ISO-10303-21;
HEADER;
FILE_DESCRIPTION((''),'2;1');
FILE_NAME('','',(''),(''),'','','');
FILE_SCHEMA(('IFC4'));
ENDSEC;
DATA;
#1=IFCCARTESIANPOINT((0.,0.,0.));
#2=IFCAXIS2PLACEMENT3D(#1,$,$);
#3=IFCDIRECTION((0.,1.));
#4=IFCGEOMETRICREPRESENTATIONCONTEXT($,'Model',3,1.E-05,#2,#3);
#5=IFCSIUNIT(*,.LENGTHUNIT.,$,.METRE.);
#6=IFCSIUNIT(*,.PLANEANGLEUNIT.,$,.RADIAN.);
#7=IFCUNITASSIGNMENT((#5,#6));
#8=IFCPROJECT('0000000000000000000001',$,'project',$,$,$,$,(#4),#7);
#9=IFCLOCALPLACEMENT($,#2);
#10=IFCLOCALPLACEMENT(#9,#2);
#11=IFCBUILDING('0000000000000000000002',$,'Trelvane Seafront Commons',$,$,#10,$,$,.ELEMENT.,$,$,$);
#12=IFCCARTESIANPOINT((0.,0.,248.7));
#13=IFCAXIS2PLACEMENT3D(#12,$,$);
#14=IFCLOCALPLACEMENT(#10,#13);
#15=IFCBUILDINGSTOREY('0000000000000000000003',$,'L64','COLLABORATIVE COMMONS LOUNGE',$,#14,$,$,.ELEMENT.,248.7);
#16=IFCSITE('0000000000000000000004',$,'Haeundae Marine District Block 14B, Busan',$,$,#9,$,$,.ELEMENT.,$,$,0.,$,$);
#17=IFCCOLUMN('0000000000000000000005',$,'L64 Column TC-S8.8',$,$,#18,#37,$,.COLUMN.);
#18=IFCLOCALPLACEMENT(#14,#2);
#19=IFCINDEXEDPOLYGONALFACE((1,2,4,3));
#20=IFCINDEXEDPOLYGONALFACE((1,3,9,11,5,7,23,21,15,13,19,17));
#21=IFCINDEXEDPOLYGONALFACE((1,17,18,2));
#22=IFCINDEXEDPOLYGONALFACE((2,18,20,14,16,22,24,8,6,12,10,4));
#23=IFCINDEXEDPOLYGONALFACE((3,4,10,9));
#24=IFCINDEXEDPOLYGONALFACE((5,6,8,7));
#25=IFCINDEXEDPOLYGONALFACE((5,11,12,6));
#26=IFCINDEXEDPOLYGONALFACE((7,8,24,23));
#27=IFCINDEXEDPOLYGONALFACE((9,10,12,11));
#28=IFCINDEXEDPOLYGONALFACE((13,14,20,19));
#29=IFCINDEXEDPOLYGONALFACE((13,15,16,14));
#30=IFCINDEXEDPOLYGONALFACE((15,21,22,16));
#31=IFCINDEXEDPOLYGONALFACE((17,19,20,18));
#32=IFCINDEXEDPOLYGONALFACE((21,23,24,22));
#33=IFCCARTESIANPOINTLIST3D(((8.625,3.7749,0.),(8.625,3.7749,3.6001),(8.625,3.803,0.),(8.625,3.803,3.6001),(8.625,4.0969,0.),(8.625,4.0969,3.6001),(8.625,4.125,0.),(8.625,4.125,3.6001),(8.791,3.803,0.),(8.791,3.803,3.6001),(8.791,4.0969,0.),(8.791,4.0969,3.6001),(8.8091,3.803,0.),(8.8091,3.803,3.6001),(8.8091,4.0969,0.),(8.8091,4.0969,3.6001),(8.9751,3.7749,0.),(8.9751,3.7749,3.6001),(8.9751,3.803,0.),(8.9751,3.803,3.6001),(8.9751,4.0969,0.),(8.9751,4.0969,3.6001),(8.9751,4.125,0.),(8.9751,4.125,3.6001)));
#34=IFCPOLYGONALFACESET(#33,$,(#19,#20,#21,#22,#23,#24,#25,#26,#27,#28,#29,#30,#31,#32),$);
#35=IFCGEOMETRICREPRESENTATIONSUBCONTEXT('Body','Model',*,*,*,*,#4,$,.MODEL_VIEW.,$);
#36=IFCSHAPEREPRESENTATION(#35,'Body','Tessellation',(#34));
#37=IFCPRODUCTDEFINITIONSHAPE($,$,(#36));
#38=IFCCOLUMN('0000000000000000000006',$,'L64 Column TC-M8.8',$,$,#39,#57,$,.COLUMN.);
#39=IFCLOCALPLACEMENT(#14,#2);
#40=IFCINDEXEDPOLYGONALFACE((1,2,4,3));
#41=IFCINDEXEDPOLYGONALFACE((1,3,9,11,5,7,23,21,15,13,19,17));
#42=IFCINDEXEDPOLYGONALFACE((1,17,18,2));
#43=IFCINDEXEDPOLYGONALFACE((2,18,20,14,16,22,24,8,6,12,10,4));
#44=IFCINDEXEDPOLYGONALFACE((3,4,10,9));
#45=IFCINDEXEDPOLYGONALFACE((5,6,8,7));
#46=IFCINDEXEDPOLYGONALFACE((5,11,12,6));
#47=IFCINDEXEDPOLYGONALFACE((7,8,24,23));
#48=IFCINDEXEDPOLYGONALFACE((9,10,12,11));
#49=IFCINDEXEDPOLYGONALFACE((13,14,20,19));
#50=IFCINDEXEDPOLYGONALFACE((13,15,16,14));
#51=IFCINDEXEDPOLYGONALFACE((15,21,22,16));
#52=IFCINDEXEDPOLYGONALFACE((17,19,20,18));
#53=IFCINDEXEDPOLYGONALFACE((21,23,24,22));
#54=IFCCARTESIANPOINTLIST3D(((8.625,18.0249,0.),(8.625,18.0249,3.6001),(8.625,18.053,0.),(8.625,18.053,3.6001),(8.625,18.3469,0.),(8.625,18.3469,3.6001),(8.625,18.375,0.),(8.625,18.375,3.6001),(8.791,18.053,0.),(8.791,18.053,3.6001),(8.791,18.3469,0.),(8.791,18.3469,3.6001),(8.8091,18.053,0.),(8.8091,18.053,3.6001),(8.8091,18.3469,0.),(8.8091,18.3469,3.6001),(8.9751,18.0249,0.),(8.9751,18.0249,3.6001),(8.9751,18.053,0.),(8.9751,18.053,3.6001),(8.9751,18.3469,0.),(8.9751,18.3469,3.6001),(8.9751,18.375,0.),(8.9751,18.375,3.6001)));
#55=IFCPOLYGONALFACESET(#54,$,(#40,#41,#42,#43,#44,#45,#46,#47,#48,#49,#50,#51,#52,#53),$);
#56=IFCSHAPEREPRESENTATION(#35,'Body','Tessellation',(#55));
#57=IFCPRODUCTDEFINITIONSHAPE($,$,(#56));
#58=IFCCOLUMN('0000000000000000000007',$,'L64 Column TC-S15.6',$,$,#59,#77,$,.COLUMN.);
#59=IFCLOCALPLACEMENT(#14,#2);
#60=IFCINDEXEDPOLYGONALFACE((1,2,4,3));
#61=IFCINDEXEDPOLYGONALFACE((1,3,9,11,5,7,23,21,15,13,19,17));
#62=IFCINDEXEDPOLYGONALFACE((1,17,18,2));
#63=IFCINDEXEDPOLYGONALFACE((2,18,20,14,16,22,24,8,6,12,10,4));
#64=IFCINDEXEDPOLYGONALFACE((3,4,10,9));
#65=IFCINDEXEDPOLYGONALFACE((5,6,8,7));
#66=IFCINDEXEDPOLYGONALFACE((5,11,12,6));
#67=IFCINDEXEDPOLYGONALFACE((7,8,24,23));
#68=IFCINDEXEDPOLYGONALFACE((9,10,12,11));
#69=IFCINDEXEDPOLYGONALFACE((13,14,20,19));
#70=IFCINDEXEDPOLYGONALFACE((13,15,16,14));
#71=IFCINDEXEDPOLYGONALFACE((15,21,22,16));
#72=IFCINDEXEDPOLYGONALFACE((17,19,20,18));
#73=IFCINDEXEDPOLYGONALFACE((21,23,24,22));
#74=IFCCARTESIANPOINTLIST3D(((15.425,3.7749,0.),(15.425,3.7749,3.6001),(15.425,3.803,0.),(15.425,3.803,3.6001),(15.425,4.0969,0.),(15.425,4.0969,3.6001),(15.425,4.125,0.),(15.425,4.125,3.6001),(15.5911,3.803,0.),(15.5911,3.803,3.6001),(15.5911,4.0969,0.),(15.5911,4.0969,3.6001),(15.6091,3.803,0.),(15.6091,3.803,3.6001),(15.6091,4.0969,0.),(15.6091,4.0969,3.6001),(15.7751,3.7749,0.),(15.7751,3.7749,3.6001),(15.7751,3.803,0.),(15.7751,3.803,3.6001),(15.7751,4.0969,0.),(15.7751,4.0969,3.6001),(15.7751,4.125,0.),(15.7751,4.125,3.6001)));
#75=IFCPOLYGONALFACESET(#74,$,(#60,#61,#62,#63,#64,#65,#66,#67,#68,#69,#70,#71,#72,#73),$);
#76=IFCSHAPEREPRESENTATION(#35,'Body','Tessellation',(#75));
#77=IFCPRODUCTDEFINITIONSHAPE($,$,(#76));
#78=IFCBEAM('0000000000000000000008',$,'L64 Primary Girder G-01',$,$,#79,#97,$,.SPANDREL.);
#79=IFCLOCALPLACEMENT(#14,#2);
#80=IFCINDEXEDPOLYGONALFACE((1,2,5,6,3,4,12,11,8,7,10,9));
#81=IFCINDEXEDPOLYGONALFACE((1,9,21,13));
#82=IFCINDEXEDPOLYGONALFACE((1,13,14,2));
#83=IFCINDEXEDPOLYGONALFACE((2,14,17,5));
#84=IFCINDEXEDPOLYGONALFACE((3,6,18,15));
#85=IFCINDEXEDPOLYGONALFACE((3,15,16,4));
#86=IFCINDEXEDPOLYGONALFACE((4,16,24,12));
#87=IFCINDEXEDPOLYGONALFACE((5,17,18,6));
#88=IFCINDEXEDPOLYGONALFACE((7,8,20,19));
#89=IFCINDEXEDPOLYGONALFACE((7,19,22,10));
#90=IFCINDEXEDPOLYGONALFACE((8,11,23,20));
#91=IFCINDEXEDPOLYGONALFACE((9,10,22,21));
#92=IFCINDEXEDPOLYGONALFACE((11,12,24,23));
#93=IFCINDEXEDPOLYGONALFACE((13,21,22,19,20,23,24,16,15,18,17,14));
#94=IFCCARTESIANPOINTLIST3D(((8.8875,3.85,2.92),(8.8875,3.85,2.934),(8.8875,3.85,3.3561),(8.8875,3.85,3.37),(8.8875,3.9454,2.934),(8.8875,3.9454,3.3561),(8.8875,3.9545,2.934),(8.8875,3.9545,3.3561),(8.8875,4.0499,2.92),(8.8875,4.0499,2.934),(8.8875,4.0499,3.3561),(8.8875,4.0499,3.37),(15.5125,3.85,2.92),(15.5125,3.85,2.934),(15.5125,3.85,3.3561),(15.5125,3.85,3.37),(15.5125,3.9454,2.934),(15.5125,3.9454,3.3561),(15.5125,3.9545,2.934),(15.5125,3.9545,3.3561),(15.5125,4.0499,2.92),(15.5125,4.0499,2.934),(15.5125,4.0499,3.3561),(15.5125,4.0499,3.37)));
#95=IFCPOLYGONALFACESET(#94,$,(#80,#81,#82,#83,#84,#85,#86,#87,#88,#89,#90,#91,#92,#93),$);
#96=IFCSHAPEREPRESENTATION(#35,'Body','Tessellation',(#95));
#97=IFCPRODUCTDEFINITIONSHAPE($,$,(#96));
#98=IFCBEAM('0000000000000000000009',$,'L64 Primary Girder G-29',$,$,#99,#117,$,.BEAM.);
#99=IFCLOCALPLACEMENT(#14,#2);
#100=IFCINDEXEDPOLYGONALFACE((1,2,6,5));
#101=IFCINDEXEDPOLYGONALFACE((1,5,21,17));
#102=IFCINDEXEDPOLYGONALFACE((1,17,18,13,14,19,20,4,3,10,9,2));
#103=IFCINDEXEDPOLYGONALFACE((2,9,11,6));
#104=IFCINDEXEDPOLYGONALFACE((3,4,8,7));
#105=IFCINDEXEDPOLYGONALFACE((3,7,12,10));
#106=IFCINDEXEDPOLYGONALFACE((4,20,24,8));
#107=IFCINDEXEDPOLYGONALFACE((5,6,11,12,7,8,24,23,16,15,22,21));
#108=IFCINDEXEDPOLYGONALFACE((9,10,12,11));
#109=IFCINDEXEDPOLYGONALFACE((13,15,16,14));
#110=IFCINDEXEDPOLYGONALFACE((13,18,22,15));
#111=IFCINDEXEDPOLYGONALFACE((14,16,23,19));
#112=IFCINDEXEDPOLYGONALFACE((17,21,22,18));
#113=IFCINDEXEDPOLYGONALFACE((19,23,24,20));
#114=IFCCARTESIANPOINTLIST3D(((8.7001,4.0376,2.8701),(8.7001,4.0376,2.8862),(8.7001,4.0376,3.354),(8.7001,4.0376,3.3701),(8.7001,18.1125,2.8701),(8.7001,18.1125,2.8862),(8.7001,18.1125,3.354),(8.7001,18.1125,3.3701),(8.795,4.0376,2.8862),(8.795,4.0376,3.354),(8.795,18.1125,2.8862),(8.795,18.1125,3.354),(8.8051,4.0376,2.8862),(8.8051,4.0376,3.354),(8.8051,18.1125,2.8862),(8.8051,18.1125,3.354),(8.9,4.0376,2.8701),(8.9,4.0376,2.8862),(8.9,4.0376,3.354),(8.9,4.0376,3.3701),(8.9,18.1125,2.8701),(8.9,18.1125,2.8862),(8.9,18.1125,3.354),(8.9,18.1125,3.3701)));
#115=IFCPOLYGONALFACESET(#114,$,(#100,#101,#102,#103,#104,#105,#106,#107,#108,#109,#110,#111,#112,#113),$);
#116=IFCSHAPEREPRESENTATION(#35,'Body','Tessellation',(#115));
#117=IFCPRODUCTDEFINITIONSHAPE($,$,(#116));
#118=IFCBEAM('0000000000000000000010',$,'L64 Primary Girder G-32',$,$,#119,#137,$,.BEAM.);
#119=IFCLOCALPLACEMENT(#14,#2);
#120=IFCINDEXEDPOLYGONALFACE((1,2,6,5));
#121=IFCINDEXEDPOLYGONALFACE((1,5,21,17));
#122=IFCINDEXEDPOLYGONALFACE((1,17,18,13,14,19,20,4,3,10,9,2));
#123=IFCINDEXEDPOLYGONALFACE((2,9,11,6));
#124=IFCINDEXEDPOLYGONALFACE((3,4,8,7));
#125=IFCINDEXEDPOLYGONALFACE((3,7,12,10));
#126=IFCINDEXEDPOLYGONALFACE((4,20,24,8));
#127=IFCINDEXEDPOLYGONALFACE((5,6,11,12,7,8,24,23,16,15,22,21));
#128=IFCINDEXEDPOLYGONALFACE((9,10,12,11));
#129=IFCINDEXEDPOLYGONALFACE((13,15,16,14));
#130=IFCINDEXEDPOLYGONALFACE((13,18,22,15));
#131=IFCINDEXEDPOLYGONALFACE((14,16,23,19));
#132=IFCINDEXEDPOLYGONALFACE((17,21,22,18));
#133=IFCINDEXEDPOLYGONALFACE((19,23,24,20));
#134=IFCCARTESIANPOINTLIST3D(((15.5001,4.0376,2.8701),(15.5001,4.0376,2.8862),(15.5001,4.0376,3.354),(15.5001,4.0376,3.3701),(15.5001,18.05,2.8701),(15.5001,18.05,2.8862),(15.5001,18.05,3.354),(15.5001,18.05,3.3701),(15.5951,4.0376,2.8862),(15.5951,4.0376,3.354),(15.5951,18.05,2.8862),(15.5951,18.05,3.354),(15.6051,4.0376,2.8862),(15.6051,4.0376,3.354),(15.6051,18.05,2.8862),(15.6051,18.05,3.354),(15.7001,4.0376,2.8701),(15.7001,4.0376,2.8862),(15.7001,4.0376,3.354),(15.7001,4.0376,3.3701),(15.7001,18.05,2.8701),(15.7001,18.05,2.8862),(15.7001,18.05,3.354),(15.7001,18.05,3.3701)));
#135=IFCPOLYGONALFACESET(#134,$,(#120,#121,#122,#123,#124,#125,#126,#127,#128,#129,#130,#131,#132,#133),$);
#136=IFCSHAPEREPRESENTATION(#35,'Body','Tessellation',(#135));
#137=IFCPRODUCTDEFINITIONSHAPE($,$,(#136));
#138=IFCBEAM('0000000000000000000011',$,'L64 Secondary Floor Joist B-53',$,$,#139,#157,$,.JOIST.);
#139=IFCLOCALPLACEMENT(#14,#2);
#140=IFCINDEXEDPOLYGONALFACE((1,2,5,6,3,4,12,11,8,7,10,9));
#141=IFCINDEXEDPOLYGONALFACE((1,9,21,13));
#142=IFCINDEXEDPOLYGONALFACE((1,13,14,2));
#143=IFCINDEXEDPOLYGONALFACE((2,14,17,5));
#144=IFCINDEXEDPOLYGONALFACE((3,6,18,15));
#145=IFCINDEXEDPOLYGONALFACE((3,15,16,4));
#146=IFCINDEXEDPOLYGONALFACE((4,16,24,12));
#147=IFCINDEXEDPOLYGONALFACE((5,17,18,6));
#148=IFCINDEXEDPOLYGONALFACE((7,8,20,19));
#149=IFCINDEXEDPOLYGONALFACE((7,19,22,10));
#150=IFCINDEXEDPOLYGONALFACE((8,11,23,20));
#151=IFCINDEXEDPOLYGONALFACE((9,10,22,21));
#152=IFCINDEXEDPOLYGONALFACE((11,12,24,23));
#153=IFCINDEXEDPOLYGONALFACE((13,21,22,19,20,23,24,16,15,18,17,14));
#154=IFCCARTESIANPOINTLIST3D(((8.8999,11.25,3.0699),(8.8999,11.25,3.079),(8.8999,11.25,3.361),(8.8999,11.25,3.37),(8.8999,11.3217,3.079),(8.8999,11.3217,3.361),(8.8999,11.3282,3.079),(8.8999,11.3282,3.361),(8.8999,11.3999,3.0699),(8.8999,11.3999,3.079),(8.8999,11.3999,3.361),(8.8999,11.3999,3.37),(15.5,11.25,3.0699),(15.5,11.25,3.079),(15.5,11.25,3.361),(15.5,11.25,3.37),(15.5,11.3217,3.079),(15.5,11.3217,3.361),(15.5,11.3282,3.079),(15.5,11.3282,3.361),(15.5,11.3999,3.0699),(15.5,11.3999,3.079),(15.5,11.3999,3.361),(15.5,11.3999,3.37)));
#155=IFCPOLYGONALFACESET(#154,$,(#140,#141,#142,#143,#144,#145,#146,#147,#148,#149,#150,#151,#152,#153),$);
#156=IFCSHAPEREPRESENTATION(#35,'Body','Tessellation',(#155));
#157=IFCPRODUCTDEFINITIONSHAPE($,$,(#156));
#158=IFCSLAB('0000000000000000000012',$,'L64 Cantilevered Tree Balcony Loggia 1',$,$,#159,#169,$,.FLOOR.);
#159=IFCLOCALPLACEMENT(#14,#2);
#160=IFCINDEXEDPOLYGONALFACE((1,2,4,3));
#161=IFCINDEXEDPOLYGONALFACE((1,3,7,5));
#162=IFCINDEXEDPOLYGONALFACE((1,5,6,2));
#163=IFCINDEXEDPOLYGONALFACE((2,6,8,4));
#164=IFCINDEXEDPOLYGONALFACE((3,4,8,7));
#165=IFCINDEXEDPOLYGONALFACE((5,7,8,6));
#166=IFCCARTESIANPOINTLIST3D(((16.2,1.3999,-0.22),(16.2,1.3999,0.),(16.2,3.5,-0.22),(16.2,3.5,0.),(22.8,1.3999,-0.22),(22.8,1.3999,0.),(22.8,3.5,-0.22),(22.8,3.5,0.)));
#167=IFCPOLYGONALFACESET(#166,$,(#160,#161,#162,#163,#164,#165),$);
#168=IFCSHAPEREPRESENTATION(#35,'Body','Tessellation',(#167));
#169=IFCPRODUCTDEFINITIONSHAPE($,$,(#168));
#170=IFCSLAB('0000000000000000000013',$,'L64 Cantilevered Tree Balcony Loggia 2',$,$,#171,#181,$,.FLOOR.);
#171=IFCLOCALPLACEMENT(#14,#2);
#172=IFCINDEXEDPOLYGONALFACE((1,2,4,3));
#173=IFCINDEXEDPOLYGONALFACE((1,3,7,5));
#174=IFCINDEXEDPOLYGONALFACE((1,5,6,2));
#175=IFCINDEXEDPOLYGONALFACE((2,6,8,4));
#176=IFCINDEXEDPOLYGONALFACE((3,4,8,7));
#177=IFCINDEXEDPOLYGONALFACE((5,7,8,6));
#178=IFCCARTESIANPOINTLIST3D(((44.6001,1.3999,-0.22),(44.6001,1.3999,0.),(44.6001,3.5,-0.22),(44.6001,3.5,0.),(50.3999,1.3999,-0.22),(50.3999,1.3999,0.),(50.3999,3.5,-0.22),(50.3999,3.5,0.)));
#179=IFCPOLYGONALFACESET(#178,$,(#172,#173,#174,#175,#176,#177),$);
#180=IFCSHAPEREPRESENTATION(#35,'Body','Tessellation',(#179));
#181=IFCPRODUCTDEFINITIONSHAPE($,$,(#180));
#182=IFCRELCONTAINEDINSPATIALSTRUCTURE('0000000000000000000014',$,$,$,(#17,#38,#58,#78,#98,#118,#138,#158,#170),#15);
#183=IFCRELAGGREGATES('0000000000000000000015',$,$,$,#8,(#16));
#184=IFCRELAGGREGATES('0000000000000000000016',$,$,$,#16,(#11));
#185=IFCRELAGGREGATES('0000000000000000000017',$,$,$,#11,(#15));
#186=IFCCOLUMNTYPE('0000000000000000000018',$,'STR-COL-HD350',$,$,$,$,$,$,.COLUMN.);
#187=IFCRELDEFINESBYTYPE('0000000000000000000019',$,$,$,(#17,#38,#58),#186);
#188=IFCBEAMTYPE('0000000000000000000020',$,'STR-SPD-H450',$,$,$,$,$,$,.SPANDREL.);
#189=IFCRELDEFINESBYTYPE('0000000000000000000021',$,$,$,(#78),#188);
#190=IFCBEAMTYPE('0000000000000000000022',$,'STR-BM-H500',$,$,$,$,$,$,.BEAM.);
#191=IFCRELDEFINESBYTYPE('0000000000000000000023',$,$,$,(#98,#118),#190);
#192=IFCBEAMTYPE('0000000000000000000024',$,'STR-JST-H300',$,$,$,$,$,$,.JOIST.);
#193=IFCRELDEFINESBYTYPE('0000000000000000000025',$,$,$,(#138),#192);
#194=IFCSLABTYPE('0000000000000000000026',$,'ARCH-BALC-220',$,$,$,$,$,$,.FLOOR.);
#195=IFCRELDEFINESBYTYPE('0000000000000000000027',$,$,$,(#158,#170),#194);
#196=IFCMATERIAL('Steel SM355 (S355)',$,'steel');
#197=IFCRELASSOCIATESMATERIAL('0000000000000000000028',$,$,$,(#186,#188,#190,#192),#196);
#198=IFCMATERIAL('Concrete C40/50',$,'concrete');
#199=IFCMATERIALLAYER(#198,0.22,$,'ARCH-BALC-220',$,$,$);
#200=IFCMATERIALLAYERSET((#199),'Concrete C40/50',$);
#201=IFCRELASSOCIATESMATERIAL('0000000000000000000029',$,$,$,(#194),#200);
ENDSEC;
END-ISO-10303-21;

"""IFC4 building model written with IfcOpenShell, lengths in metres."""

from ifc_helpers import new_model, si_unit, direction, frame, origin, origin_2d, place, context, subcontext, project, spatial, polyline, i_section, outline, extrude, source, transform, mapped, material, layer, layer_set, material_profile, profile_set, type_object, element, save


model = new_model("IFC4")

# Units and contexts
model_context = context("Model", 3, precision=1e-05, world=origin(), true_north=direction((0.0, 1.0)))
body_context = subcontext(model_context, "Body", "Model", "MODEL_VIEW")
ifc_project = project(units=[si_unit("LENGTHUNIT", "METRE"), si_unit("PLANEANGLEUNIT", "RADIAN")], contexts=[model_context])

# Site, building, storey
site_placement = place(None, origin())
site = spatial("IfcSite", under=ifc_project, at=site_placement, Name="Haeundae Marine District Block 14B, Busan", CompositionType="ELEMENT", RefElevation=0.0)
building_placement = place(site_placement, origin())
building = spatial("IfcBuilding", under=site, at=building_placement, Name="Trelvane Seafront Commons", CompositionType="ELEMENT")
storey_placement = place(building_placement, frame((0.0, 0.0, 248.7)))
storey = spatial("IfcBuildingStorey", under=building, at=storey_placement, Name="L64", Description="COLLABORATIVE COMMONS LOUNGE", CompositionType="ELEMENT", Elevation=248.7)

# Columns
ifc_material_1 = material(Name="Steel SM355 (S355)", Category="steel")
ifc_material_profile_1 = material_profile(ifc_material_1, i_section(OverallWidth=0.3501, OverallDepth=0.3501, WebThickness=0.0181, FlangeThickness=0.0281, at=origin_2d()), Name="HD-350x350x18x28")
ifc_profile_set_1 = profile_set([ifc_material_profile_1], Name="Steel SM355 (S355)")
column_type = type_object("IfcColumnType", Name="STR-COL-HD350", PredefinedType="COLUMN", material=ifc_profile_set_1)
shared_shape_1 = source(origin(), body_context, "Body", "SweptSolid", [
    extrude(i_section(OverallWidth=0.3501, OverallDepth=0.3501, WebThickness=0.0181, FlangeThickness=0.0281, at=origin_2d()), origin(), (0.0, 0.0, 1.0), 3.6001),
])
for number, where, z_axis, x_axis, name in (
    (1, (8.8, 3.95, 0.0), (0.0, 0.0, 1.0), (1.0, 0.0, 0.0), "L64 Column TC-S8.8"),
    (2, (8.8, 18.2, 0.0), (0.0, 0.0, 1.0), (1.0, 0.0, 0.0), "L64 Column TC-M8.8"),
    (3, (15.6001, 3.95, 0.0), (0.0, 0.0, 1.0), (1.0, 0.0, 0.0), "L64 Column TC-S15.6"),
):
    element("IfcColumn", number, at=place(storey_placement, frame(where, z_axis=z_axis, x_axis=x_axis)), inside=storey, type_object=column_type, Name=name, PredefinedType="COLUMN", context=body_context, shape_type="MappedRepresentation", body=[
        mapped(shared_shape_1, transform((0.0, 0.0, 0.0), x_axis=(1.0, 0.0, 0.0), y_axis=(0.0, 1.0, 0.0), z_axis=(0.0, 0.0, 1.0), scale=1.0)),
    ])

# Beams
ifc_material_profile_2 = material_profile(ifc_material_1, i_section(OverallWidth=0.2, OverallDepth=0.45, WebThickness=0.009, FlangeThickness=0.0139, at=origin_2d()), Name="H-450x200x9x14")
ifc_profile_set_2 = profile_set([ifc_material_profile_2], Name="Steel SM355 (S355)")
beam_type_1 = type_object("IfcBeamType", Name="STR-SPD-H450", PredefinedType="SPANDREL", material=ifc_profile_set_2)
shared_shape_2 = source(origin(), body_context, "Body", "SweptSolid", [
    extrude(i_section(OverallWidth=0.2, OverallDepth=0.45, WebThickness=0.009, FlangeThickness=0.0139, at=origin_2d()), origin(), (0.0, 0.0, 1.0), 6.625),
])
beam_1_placement = place(storey_placement, frame((8.8875, 3.95, 3.145), z_axis=(1.0, 0.0, 0.0), x_axis=(0.0, 1.0, 0.0)))
element("IfcBeam", 4, at=beam_1_placement, inside=storey, type_object=beam_type_1, Name="L64 Primary Girder G-01", PredefinedType="SPANDREL", context=body_context, shape_type="MappedRepresentation", body=[
    mapped(shared_shape_2, transform((0.0, 0.0, 0.0), x_axis=(1.0, 0.0, 0.0), y_axis=(0.0, 1.0, 0.0), z_axis=(0.0, 0.0, 1.0), scale=1.0)),
])
ifc_material_profile_3 = material_profile(ifc_material_1, i_section(OverallWidth=0.2, OverallDepth=0.5, WebThickness=0.01, FlangeThickness=0.0161, at=origin_2d()), Name="H-500x200x10x16")
ifc_profile_set_3 = profile_set([ifc_material_profile_3], Name="Steel SM355 (S355)")
beam_type_2 = type_object("IfcBeamType", Name="STR-BM-H500", PredefinedType="BEAM", material=ifc_profile_set_3)
shared_shape_3 = source(origin(), body_context, "Body", "SweptSolid", [
    extrude(i_section(OverallWidth=0.2, OverallDepth=0.5, WebThickness=0.01, FlangeThickness=0.0161, at=origin_2d()), origin(), (0.0, 0.0, 1.0), 14.075),
])
beam_2_placement = place(storey_placement, frame((8.8, 4.0376, 3.1201), z_axis=(0.0, 1.0, 0.0), x_axis=(-1.0, 0.0, 0.0)))
element("IfcBeam", 5, at=beam_2_placement, inside=storey, type_object=beam_type_2, Name="L64 Primary Girder G-29", PredefinedType="BEAM", context=body_context, shape_type="MappedRepresentation", body=[
    mapped(shared_shape_3, transform((0.0, 0.0, 0.0), x_axis=(1.0, 0.0, 0.0), y_axis=(0.0, 1.0, 0.0), z_axis=(0.0, 0.0, 1.0), scale=1.0)),
])
shared_shape_4 = source(origin(), body_context, "Body", "SweptSolid", [
    extrude(i_section(OverallWidth=0.2, OverallDepth=0.5, WebThickness=0.01, FlangeThickness=0.0161, at=origin_2d()), origin(), (0.0, 0.0, 1.0), 14.0125),
])
beam_3_placement = place(storey_placement, frame((15.6001, 4.0376, 3.1201), z_axis=(0.0, 1.0, 0.0), x_axis=(-1.0, 0.0, 0.0)))
element("IfcBeam", 6, at=beam_3_placement, inside=storey, type_object=beam_type_2, Name="L64 Primary Girder G-32", PredefinedType="BEAM", context=body_context, shape_type="MappedRepresentation", body=[
    mapped(shared_shape_4, transform((0.0, 0.0, 0.0), x_axis=(1.0, 0.0, 0.0), y_axis=(0.0, 1.0, 0.0), z_axis=(0.0, 0.0, 1.0), scale=1.0)),
])
ifc_material_profile_4 = material_profile(ifc_material_1, i_section(OverallWidth=0.1499, OverallDepth=0.3, WebThickness=0.0066, FlangeThickness=0.009, at=origin_2d()), Name="H-300x150x6.5x9")
ifc_profile_set_4 = profile_set([ifc_material_profile_4], Name="Steel SM355 (S355)")
beam_type_3 = type_object("IfcBeamType", Name="STR-JST-H300", PredefinedType="JOIST", material=ifc_profile_set_4)
shared_shape_5 = source(origin(), body_context, "Body", "SweptSolid", [
    extrude(i_section(OverallWidth=0.1499, OverallDepth=0.3, WebThickness=0.0066, FlangeThickness=0.009, at=origin_2d()), origin(), (0.0, 0.0, 1.0), 6.6001),
])
beam_4_placement = place(storey_placement, frame((8.8999, 11.325, 3.22), z_axis=(1.0, 0.0, 0.0), x_axis=(0.0, 1.0, 0.0)))
element("IfcBeam", 7, at=beam_4_placement, inside=storey, type_object=beam_type_3, Name="L64 Secondary Floor Joist B-53", PredefinedType="JOIST", context=body_context, shape_type="MappedRepresentation", body=[
    mapped(shared_shape_5, transform((0.0, 0.0, 0.0), x_axis=(1.0, 0.0, 0.0), y_axis=(0.0, 1.0, 0.0), z_axis=(0.0, 0.0, 1.0), scale=1.0)),
])

# Slabs
ifc_material_2 = material(Name="Concrete C40/50", Category="concrete")
ifc_layer_1 = layer(ifc_material_2, 0.22, Name="ARCH-BALC-220")
ifc_layer_set_1 = layer_set([ifc_layer_1], Name="Concrete C40/50")
slab_type_1 = type_object("IfcSlabType", Name="ARCH-BALC-220", PredefinedType="FLOOR", material=ifc_layer_set_1)
slab_1_placement = place(storey_placement, frame((0.0, 0.0, -0.22)))
element("IfcSlab", 8, at=slab_1_placement, inside=storey, type_object=slab_type_1, Name="L64 Cantilevered Tree Balcony Loggia 1", PredefinedType="FLOOR", context=body_context, shape_type="SweptSolid", body=[
    extrude(outline(polyline([(16.2, 1.3999), (22.8, 1.3999), (22.8, 3.5), (16.2, 3.5), (16.2, 1.3999)])), origin(), (0.0, 0.0, 1.0), 0.22),
])
slab_2_placement = place(storey_placement, frame((0.0, 0.0, -0.22)))
element("IfcSlab", 9, at=slab_2_placement, inside=storey, type_object=slab_type_1, Name="L64 Cantilevered Tree Balcony Loggia 2", PredefinedType="FLOOR", context=body_context, shape_type="SweptSolid", body=[
    extrude(outline(polyline([(44.6001, 1.3999), (50.3999, 1.3999), (50.3999, 3.5), (44.6001, 3.5), (44.6001, 1.3999)])), origin(), (0.0, 0.0, 1.0), 0.22),
])

save(model, "model.ifc")
